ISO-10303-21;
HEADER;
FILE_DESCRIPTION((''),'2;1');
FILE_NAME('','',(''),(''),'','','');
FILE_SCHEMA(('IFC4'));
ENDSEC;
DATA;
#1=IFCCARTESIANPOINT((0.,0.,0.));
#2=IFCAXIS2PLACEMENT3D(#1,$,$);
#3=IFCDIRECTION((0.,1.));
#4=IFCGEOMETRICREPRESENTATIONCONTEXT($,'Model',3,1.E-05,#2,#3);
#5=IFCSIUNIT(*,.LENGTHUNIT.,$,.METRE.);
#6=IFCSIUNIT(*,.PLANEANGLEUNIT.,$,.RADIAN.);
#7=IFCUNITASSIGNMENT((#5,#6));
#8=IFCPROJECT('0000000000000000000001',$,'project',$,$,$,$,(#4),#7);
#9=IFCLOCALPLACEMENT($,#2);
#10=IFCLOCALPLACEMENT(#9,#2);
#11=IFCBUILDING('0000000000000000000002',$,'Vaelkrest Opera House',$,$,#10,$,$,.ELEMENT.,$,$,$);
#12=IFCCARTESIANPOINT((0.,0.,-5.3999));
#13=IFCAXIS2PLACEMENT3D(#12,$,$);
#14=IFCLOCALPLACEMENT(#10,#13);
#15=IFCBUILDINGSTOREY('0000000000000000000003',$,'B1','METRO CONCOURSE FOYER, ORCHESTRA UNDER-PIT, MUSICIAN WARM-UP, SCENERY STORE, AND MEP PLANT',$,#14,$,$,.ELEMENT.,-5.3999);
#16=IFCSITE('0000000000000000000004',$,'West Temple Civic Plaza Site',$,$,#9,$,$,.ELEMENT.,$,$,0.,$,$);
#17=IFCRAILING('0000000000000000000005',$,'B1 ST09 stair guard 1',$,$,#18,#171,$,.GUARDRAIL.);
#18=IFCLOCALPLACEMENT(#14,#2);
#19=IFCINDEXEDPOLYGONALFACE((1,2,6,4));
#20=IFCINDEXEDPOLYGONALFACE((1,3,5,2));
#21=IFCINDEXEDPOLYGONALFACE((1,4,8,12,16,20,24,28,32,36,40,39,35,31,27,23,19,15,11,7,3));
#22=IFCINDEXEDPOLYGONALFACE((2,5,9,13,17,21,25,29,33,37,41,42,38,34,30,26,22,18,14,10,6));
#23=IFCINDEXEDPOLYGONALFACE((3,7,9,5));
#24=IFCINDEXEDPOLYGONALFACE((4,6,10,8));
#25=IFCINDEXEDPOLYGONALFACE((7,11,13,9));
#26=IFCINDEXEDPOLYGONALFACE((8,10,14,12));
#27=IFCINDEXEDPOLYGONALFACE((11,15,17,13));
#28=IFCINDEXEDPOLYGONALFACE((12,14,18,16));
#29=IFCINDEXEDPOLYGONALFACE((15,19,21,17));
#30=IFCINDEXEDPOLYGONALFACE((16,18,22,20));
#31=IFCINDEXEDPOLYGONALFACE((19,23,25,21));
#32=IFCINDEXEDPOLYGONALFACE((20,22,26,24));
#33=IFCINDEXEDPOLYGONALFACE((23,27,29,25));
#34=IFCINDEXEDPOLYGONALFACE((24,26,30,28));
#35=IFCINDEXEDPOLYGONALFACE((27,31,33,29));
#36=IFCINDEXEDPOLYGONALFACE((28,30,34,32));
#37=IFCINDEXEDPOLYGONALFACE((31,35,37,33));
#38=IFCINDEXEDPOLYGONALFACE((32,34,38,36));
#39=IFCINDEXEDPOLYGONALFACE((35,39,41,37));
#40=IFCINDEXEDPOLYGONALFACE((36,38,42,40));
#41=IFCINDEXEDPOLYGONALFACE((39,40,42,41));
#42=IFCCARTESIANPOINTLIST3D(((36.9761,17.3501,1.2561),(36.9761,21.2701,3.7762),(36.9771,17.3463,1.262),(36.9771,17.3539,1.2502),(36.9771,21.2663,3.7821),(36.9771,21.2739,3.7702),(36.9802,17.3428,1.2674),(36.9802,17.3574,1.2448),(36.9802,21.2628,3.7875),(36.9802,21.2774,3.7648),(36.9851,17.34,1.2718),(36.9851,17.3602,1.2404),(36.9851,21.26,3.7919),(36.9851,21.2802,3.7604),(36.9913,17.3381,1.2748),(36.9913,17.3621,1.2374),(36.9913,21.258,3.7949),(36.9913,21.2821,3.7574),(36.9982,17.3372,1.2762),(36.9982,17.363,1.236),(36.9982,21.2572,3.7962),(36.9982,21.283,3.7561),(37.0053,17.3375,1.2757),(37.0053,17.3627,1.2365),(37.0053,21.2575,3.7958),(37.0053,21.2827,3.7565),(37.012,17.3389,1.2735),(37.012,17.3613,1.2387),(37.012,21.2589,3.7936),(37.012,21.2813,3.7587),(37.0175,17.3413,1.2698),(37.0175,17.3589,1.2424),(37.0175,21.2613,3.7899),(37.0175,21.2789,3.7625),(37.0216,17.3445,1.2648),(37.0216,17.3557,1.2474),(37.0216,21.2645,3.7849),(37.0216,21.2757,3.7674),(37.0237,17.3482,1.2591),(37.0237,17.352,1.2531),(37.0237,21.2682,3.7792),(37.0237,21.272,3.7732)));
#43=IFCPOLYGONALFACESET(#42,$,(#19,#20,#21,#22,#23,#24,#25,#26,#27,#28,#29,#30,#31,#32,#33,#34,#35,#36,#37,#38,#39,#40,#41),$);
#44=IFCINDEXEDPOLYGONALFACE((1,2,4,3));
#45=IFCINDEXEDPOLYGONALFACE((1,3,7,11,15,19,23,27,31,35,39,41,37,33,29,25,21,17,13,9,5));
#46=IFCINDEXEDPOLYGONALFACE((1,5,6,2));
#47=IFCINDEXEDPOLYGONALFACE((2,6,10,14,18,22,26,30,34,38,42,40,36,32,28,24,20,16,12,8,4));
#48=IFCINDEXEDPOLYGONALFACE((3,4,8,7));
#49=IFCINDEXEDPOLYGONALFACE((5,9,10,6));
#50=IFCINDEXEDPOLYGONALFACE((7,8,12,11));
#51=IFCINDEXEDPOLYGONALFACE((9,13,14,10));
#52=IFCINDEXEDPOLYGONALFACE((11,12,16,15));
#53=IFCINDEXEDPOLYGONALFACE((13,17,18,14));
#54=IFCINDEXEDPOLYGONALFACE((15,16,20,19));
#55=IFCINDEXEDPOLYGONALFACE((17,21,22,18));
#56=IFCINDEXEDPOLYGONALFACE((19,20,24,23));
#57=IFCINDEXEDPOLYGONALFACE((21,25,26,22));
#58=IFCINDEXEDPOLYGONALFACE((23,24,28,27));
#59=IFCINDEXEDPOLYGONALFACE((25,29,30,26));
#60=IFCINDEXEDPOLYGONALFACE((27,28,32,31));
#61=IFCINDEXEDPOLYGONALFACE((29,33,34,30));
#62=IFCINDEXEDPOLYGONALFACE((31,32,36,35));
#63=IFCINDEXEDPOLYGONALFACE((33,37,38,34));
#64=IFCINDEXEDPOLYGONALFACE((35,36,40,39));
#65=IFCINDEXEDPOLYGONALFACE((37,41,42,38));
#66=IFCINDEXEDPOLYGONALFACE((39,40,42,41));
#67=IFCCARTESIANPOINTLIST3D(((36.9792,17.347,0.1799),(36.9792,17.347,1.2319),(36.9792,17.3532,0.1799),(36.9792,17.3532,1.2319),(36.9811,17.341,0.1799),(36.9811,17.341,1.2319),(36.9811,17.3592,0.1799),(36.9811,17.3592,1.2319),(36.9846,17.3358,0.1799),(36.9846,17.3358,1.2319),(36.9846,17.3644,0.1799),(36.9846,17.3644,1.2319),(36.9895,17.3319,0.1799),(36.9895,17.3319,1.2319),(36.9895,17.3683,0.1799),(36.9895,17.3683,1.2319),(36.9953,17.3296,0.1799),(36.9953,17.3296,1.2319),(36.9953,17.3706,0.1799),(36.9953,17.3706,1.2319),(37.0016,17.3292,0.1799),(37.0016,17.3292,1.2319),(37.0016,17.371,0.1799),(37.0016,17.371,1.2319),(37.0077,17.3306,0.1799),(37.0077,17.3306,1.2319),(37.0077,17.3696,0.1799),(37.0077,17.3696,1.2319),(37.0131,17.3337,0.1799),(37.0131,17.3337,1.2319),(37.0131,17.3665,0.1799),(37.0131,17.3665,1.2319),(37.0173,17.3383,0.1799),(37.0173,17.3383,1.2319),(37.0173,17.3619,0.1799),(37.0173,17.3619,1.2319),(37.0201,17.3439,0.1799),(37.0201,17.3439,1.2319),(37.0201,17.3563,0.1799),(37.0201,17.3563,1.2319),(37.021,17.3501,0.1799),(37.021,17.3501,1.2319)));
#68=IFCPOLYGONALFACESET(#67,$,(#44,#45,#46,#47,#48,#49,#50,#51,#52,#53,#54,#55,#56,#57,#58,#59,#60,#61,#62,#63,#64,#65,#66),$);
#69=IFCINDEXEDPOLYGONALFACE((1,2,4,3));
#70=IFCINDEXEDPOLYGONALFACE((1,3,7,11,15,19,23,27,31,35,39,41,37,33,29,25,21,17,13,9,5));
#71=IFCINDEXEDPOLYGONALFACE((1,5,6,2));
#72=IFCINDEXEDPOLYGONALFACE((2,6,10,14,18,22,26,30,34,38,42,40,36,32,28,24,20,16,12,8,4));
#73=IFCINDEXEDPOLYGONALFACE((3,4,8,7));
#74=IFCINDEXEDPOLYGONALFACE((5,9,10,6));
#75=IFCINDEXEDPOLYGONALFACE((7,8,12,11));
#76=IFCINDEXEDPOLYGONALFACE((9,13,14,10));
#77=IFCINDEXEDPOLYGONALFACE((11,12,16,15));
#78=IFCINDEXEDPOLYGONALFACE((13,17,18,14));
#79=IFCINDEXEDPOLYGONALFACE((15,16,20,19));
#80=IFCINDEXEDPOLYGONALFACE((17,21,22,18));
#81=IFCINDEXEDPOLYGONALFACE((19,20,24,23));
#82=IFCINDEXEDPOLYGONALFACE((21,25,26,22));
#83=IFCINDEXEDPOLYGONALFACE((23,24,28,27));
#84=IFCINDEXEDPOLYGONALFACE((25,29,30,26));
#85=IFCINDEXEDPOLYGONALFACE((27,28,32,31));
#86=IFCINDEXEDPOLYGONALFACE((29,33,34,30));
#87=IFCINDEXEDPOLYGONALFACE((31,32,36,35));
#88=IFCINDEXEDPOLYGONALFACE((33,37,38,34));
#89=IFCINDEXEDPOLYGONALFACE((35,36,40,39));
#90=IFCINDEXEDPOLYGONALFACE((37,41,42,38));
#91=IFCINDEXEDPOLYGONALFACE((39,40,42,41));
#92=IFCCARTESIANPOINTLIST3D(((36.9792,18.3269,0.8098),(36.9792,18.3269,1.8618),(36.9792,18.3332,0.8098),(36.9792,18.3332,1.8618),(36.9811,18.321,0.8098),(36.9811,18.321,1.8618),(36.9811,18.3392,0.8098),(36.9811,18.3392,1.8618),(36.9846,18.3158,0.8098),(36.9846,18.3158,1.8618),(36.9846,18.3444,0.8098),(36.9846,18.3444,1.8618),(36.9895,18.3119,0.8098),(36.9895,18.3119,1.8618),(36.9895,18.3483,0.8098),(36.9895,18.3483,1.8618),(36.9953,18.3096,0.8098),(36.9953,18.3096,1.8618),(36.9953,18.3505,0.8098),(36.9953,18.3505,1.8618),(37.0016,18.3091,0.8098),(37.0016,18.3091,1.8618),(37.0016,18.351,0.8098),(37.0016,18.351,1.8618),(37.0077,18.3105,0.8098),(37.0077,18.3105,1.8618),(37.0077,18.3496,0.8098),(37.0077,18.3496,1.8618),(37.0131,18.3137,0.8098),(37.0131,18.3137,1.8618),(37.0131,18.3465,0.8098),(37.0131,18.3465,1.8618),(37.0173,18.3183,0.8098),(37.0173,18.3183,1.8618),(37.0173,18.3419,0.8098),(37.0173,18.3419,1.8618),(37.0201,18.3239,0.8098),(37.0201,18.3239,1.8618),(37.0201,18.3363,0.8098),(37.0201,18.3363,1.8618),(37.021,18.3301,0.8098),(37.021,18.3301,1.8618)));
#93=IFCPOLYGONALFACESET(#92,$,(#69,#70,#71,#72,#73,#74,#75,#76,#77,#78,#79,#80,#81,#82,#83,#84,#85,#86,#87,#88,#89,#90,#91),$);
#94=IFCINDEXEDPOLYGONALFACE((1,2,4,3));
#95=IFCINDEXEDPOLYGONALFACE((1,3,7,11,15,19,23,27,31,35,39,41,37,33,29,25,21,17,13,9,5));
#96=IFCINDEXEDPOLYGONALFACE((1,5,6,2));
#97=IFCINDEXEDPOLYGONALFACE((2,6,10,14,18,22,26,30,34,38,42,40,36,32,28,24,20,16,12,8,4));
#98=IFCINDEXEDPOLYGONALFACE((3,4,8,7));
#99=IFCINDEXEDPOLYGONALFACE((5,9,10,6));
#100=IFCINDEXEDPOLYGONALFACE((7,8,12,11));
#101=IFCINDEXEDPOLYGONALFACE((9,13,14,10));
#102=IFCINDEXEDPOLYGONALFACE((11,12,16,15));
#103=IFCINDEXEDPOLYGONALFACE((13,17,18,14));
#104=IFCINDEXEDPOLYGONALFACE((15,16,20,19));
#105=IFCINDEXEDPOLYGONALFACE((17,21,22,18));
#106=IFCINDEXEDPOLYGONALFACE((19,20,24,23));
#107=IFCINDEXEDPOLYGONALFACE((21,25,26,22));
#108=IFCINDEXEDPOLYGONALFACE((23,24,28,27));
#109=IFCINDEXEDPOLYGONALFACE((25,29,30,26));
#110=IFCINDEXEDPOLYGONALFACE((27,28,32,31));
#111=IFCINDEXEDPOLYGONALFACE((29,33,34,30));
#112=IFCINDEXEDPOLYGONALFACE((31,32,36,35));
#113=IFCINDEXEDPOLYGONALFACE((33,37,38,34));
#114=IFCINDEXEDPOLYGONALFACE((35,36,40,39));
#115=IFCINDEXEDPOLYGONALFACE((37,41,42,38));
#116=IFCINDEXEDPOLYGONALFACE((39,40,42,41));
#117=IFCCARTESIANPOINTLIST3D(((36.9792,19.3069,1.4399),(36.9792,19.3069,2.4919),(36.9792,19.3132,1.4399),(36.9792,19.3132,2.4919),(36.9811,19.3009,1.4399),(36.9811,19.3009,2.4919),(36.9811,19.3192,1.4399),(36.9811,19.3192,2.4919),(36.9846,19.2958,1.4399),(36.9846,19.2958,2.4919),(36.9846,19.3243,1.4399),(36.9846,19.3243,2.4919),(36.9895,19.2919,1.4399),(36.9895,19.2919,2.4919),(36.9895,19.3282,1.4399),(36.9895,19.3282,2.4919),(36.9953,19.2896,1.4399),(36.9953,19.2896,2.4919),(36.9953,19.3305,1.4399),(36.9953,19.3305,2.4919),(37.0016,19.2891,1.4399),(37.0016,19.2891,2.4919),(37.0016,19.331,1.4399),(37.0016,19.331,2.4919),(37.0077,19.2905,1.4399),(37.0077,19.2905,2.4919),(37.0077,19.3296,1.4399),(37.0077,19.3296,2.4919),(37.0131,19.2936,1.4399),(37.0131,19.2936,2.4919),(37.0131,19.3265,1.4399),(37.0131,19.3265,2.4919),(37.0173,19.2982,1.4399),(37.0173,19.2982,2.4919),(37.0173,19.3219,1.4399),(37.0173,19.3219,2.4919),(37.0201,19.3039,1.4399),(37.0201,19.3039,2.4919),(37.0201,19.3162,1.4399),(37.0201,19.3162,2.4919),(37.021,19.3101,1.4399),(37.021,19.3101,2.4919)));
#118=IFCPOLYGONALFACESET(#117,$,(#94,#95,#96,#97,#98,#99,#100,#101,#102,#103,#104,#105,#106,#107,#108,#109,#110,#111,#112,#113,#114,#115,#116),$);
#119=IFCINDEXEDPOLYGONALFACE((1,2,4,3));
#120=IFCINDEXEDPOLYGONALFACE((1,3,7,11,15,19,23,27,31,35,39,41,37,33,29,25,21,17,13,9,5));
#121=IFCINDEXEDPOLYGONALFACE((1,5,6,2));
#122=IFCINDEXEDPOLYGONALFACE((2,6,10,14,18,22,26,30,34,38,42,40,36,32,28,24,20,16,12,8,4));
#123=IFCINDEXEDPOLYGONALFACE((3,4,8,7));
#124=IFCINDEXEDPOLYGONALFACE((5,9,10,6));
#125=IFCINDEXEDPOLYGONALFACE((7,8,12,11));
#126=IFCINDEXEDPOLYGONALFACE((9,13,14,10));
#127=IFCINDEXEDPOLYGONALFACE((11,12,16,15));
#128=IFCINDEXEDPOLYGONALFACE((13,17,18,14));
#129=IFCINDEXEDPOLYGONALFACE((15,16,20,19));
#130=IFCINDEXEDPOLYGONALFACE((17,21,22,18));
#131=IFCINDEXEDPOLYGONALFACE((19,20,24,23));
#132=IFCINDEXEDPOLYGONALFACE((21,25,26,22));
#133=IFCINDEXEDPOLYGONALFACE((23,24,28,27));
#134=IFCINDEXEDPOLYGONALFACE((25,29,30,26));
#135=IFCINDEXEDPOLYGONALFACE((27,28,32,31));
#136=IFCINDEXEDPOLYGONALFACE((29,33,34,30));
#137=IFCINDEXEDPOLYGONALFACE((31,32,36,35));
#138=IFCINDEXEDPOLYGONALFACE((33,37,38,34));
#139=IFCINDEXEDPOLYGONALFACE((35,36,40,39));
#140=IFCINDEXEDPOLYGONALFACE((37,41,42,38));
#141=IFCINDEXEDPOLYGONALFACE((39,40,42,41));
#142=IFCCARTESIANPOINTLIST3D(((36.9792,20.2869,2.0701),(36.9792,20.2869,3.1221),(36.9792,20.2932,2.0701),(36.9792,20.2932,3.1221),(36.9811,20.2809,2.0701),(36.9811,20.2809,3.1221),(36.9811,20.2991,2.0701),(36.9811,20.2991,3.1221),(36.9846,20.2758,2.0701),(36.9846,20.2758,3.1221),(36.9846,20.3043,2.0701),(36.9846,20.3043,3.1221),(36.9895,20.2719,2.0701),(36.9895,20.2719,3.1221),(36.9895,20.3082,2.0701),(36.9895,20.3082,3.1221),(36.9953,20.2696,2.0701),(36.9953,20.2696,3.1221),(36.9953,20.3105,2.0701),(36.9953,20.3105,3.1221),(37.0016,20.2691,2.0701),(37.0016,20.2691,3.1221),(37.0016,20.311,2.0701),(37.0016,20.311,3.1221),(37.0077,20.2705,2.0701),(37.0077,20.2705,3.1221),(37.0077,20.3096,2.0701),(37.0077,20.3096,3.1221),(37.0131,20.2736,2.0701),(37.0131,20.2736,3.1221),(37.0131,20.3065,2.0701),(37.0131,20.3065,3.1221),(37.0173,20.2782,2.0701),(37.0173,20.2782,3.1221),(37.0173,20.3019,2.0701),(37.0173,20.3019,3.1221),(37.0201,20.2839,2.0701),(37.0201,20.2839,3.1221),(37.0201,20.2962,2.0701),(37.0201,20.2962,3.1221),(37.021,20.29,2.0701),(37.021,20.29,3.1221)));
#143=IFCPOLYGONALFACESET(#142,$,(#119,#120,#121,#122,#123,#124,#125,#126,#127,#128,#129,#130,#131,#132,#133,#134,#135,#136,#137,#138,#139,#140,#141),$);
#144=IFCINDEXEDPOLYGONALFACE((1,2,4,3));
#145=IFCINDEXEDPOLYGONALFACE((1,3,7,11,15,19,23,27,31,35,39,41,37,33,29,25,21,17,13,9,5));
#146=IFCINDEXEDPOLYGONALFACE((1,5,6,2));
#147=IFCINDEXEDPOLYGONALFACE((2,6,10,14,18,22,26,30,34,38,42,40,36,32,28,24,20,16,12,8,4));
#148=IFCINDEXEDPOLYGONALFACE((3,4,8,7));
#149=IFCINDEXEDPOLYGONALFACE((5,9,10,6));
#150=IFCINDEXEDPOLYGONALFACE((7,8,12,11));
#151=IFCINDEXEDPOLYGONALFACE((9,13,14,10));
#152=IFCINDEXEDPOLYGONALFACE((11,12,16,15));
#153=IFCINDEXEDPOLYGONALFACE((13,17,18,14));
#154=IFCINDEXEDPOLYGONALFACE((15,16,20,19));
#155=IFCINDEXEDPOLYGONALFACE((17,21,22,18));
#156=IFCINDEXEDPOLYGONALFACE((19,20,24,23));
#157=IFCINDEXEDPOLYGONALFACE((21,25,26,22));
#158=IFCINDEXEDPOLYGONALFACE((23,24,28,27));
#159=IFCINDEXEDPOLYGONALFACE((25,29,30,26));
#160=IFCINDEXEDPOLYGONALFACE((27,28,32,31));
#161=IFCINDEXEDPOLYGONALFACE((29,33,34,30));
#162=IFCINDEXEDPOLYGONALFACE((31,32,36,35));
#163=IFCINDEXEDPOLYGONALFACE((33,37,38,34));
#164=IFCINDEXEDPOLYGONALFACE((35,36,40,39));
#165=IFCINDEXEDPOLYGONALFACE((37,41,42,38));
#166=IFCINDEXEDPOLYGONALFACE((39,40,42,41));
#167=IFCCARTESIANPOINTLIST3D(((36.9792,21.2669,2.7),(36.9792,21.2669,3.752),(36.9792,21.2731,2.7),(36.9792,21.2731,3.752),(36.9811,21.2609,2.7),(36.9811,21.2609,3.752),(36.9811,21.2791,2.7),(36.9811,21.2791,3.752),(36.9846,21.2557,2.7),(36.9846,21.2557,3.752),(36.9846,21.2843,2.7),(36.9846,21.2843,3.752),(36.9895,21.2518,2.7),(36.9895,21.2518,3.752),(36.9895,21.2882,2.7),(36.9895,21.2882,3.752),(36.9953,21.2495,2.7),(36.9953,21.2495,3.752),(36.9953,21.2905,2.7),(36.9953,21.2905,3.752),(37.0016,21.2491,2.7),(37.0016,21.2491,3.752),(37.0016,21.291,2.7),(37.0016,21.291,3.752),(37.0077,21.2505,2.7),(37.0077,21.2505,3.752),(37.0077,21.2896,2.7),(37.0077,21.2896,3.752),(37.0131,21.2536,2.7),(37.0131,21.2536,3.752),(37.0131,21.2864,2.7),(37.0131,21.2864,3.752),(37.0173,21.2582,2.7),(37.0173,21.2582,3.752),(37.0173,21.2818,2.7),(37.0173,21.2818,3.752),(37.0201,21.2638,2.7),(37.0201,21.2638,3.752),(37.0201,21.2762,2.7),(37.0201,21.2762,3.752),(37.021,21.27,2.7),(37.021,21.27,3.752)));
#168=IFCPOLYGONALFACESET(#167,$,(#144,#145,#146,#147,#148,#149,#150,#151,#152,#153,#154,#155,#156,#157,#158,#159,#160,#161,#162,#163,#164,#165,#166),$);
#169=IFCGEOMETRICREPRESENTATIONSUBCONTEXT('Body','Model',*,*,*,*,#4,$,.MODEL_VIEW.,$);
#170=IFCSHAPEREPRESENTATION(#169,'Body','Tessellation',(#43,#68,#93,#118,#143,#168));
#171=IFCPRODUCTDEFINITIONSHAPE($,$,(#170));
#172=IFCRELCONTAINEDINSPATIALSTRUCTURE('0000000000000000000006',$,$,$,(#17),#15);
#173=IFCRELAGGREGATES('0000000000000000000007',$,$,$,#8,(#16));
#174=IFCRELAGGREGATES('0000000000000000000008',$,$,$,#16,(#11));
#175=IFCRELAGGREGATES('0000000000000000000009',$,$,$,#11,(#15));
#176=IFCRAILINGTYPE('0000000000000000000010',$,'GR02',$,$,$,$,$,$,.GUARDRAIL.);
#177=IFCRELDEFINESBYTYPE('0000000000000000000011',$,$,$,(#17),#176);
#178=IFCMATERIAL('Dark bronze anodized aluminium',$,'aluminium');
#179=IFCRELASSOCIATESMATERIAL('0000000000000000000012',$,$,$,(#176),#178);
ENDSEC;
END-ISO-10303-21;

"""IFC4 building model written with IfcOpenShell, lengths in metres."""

from ifc_helpers import new_model, si_unit, direction, frame, origin, origin_2d, place, context, subcontext, project, spatial, circle, extrude, material, type_object, element, save


model = new_model("IFC4")

# Units and contexts
model_context = context("Model", 3, precision=1e-05, world=origin(), true_north=direction((0.0, 1.0)))
body_context = subcontext(model_context, "Body", "Model", "MODEL_VIEW")
ifc_project = project(units=[si_unit("LENGTHUNIT", "METRE"), si_unit("PLANEANGLEUNIT", "RADIAN")], contexts=[model_context])

# Site, building, storey
site_placement = place(None, origin())
site = spatial("IfcSite", under=ifc_project, at=site_placement, Name="West Temple Civic Plaza Site", CompositionType="ELEMENT", RefElevation=0.0)
building_placement = place(site_placement, origin())
building = spatial("IfcBuilding", under=site, at=building_placement, Name="Vaelkrest Opera House", CompositionType="ELEMENT")
storey_placement = place(building_placement, frame((0.0, 0.0, -5.3999)))
storey = spatial("IfcBuildingStorey", under=building, at=storey_placement, Name="B1", Description="METRO CONCOURSE FOYER, ORCHESTRA UNDER-PIT, MUSICIAN WARM-UP, SCENERY STORE, AND MEP PLANT", CompositionType="ELEMENT", Elevation=-5.3999)

# Railing
ifc_material_1 = material(Name="Dark bronze anodized aluminium", Category="aluminium")
railing_type_1 = type_object("IfcRailingType", Name="GR02", PredefinedType="GUARDRAIL", material=ifc_material_1)
railing_1_placement = place(storey_placement, frame((37.0, 17.3501, 0.1799)))
element("IfcRailing", 1, at=railing_1_placement, inside=storey, type_object=railing_type_1, Name="B1 ST09 stair guard 1", PredefinedType="GUARDRAIL", context=body_context, shape_type="SweptSolid", body=[
    extrude(circle(Radius=0.0239, at=origin_2d()), frame((0.0, 0.0, 1.0762), z_axis=(0.0, 0.841172, 0.540768), x_axis=(-1.0, 0.0, 0.0)), (0.0, 0.0, 1.0), 4.6602),
    extrude(circle(Radius=0.021, at=origin_2d()), origin(), (0.0, 0.0, 1.0), 1.052),
    extrude(circle(Radius=0.021, at=origin_2d()), frame((0.0, 0.98, 0.6299)), (0.0, 0.0, 1.0), 1.052),
    extrude(circle(Radius=0.021, at=origin_2d()), frame((0.0, 1.96, 1.26)), (0.0, 0.0, 1.0), 1.052),
    extrude(circle(Radius=0.021, at=origin_2d()), frame((0.0, 2.9399, 1.8901)), (0.0, 0.0, 1.0), 1.052),
    extrude(circle(Radius=0.021, at=origin_2d()), frame((0.0, 3.9199, 2.52)), (0.0, 0.0, 1.0), 1.052),
])

save(model, "model.ifc")
